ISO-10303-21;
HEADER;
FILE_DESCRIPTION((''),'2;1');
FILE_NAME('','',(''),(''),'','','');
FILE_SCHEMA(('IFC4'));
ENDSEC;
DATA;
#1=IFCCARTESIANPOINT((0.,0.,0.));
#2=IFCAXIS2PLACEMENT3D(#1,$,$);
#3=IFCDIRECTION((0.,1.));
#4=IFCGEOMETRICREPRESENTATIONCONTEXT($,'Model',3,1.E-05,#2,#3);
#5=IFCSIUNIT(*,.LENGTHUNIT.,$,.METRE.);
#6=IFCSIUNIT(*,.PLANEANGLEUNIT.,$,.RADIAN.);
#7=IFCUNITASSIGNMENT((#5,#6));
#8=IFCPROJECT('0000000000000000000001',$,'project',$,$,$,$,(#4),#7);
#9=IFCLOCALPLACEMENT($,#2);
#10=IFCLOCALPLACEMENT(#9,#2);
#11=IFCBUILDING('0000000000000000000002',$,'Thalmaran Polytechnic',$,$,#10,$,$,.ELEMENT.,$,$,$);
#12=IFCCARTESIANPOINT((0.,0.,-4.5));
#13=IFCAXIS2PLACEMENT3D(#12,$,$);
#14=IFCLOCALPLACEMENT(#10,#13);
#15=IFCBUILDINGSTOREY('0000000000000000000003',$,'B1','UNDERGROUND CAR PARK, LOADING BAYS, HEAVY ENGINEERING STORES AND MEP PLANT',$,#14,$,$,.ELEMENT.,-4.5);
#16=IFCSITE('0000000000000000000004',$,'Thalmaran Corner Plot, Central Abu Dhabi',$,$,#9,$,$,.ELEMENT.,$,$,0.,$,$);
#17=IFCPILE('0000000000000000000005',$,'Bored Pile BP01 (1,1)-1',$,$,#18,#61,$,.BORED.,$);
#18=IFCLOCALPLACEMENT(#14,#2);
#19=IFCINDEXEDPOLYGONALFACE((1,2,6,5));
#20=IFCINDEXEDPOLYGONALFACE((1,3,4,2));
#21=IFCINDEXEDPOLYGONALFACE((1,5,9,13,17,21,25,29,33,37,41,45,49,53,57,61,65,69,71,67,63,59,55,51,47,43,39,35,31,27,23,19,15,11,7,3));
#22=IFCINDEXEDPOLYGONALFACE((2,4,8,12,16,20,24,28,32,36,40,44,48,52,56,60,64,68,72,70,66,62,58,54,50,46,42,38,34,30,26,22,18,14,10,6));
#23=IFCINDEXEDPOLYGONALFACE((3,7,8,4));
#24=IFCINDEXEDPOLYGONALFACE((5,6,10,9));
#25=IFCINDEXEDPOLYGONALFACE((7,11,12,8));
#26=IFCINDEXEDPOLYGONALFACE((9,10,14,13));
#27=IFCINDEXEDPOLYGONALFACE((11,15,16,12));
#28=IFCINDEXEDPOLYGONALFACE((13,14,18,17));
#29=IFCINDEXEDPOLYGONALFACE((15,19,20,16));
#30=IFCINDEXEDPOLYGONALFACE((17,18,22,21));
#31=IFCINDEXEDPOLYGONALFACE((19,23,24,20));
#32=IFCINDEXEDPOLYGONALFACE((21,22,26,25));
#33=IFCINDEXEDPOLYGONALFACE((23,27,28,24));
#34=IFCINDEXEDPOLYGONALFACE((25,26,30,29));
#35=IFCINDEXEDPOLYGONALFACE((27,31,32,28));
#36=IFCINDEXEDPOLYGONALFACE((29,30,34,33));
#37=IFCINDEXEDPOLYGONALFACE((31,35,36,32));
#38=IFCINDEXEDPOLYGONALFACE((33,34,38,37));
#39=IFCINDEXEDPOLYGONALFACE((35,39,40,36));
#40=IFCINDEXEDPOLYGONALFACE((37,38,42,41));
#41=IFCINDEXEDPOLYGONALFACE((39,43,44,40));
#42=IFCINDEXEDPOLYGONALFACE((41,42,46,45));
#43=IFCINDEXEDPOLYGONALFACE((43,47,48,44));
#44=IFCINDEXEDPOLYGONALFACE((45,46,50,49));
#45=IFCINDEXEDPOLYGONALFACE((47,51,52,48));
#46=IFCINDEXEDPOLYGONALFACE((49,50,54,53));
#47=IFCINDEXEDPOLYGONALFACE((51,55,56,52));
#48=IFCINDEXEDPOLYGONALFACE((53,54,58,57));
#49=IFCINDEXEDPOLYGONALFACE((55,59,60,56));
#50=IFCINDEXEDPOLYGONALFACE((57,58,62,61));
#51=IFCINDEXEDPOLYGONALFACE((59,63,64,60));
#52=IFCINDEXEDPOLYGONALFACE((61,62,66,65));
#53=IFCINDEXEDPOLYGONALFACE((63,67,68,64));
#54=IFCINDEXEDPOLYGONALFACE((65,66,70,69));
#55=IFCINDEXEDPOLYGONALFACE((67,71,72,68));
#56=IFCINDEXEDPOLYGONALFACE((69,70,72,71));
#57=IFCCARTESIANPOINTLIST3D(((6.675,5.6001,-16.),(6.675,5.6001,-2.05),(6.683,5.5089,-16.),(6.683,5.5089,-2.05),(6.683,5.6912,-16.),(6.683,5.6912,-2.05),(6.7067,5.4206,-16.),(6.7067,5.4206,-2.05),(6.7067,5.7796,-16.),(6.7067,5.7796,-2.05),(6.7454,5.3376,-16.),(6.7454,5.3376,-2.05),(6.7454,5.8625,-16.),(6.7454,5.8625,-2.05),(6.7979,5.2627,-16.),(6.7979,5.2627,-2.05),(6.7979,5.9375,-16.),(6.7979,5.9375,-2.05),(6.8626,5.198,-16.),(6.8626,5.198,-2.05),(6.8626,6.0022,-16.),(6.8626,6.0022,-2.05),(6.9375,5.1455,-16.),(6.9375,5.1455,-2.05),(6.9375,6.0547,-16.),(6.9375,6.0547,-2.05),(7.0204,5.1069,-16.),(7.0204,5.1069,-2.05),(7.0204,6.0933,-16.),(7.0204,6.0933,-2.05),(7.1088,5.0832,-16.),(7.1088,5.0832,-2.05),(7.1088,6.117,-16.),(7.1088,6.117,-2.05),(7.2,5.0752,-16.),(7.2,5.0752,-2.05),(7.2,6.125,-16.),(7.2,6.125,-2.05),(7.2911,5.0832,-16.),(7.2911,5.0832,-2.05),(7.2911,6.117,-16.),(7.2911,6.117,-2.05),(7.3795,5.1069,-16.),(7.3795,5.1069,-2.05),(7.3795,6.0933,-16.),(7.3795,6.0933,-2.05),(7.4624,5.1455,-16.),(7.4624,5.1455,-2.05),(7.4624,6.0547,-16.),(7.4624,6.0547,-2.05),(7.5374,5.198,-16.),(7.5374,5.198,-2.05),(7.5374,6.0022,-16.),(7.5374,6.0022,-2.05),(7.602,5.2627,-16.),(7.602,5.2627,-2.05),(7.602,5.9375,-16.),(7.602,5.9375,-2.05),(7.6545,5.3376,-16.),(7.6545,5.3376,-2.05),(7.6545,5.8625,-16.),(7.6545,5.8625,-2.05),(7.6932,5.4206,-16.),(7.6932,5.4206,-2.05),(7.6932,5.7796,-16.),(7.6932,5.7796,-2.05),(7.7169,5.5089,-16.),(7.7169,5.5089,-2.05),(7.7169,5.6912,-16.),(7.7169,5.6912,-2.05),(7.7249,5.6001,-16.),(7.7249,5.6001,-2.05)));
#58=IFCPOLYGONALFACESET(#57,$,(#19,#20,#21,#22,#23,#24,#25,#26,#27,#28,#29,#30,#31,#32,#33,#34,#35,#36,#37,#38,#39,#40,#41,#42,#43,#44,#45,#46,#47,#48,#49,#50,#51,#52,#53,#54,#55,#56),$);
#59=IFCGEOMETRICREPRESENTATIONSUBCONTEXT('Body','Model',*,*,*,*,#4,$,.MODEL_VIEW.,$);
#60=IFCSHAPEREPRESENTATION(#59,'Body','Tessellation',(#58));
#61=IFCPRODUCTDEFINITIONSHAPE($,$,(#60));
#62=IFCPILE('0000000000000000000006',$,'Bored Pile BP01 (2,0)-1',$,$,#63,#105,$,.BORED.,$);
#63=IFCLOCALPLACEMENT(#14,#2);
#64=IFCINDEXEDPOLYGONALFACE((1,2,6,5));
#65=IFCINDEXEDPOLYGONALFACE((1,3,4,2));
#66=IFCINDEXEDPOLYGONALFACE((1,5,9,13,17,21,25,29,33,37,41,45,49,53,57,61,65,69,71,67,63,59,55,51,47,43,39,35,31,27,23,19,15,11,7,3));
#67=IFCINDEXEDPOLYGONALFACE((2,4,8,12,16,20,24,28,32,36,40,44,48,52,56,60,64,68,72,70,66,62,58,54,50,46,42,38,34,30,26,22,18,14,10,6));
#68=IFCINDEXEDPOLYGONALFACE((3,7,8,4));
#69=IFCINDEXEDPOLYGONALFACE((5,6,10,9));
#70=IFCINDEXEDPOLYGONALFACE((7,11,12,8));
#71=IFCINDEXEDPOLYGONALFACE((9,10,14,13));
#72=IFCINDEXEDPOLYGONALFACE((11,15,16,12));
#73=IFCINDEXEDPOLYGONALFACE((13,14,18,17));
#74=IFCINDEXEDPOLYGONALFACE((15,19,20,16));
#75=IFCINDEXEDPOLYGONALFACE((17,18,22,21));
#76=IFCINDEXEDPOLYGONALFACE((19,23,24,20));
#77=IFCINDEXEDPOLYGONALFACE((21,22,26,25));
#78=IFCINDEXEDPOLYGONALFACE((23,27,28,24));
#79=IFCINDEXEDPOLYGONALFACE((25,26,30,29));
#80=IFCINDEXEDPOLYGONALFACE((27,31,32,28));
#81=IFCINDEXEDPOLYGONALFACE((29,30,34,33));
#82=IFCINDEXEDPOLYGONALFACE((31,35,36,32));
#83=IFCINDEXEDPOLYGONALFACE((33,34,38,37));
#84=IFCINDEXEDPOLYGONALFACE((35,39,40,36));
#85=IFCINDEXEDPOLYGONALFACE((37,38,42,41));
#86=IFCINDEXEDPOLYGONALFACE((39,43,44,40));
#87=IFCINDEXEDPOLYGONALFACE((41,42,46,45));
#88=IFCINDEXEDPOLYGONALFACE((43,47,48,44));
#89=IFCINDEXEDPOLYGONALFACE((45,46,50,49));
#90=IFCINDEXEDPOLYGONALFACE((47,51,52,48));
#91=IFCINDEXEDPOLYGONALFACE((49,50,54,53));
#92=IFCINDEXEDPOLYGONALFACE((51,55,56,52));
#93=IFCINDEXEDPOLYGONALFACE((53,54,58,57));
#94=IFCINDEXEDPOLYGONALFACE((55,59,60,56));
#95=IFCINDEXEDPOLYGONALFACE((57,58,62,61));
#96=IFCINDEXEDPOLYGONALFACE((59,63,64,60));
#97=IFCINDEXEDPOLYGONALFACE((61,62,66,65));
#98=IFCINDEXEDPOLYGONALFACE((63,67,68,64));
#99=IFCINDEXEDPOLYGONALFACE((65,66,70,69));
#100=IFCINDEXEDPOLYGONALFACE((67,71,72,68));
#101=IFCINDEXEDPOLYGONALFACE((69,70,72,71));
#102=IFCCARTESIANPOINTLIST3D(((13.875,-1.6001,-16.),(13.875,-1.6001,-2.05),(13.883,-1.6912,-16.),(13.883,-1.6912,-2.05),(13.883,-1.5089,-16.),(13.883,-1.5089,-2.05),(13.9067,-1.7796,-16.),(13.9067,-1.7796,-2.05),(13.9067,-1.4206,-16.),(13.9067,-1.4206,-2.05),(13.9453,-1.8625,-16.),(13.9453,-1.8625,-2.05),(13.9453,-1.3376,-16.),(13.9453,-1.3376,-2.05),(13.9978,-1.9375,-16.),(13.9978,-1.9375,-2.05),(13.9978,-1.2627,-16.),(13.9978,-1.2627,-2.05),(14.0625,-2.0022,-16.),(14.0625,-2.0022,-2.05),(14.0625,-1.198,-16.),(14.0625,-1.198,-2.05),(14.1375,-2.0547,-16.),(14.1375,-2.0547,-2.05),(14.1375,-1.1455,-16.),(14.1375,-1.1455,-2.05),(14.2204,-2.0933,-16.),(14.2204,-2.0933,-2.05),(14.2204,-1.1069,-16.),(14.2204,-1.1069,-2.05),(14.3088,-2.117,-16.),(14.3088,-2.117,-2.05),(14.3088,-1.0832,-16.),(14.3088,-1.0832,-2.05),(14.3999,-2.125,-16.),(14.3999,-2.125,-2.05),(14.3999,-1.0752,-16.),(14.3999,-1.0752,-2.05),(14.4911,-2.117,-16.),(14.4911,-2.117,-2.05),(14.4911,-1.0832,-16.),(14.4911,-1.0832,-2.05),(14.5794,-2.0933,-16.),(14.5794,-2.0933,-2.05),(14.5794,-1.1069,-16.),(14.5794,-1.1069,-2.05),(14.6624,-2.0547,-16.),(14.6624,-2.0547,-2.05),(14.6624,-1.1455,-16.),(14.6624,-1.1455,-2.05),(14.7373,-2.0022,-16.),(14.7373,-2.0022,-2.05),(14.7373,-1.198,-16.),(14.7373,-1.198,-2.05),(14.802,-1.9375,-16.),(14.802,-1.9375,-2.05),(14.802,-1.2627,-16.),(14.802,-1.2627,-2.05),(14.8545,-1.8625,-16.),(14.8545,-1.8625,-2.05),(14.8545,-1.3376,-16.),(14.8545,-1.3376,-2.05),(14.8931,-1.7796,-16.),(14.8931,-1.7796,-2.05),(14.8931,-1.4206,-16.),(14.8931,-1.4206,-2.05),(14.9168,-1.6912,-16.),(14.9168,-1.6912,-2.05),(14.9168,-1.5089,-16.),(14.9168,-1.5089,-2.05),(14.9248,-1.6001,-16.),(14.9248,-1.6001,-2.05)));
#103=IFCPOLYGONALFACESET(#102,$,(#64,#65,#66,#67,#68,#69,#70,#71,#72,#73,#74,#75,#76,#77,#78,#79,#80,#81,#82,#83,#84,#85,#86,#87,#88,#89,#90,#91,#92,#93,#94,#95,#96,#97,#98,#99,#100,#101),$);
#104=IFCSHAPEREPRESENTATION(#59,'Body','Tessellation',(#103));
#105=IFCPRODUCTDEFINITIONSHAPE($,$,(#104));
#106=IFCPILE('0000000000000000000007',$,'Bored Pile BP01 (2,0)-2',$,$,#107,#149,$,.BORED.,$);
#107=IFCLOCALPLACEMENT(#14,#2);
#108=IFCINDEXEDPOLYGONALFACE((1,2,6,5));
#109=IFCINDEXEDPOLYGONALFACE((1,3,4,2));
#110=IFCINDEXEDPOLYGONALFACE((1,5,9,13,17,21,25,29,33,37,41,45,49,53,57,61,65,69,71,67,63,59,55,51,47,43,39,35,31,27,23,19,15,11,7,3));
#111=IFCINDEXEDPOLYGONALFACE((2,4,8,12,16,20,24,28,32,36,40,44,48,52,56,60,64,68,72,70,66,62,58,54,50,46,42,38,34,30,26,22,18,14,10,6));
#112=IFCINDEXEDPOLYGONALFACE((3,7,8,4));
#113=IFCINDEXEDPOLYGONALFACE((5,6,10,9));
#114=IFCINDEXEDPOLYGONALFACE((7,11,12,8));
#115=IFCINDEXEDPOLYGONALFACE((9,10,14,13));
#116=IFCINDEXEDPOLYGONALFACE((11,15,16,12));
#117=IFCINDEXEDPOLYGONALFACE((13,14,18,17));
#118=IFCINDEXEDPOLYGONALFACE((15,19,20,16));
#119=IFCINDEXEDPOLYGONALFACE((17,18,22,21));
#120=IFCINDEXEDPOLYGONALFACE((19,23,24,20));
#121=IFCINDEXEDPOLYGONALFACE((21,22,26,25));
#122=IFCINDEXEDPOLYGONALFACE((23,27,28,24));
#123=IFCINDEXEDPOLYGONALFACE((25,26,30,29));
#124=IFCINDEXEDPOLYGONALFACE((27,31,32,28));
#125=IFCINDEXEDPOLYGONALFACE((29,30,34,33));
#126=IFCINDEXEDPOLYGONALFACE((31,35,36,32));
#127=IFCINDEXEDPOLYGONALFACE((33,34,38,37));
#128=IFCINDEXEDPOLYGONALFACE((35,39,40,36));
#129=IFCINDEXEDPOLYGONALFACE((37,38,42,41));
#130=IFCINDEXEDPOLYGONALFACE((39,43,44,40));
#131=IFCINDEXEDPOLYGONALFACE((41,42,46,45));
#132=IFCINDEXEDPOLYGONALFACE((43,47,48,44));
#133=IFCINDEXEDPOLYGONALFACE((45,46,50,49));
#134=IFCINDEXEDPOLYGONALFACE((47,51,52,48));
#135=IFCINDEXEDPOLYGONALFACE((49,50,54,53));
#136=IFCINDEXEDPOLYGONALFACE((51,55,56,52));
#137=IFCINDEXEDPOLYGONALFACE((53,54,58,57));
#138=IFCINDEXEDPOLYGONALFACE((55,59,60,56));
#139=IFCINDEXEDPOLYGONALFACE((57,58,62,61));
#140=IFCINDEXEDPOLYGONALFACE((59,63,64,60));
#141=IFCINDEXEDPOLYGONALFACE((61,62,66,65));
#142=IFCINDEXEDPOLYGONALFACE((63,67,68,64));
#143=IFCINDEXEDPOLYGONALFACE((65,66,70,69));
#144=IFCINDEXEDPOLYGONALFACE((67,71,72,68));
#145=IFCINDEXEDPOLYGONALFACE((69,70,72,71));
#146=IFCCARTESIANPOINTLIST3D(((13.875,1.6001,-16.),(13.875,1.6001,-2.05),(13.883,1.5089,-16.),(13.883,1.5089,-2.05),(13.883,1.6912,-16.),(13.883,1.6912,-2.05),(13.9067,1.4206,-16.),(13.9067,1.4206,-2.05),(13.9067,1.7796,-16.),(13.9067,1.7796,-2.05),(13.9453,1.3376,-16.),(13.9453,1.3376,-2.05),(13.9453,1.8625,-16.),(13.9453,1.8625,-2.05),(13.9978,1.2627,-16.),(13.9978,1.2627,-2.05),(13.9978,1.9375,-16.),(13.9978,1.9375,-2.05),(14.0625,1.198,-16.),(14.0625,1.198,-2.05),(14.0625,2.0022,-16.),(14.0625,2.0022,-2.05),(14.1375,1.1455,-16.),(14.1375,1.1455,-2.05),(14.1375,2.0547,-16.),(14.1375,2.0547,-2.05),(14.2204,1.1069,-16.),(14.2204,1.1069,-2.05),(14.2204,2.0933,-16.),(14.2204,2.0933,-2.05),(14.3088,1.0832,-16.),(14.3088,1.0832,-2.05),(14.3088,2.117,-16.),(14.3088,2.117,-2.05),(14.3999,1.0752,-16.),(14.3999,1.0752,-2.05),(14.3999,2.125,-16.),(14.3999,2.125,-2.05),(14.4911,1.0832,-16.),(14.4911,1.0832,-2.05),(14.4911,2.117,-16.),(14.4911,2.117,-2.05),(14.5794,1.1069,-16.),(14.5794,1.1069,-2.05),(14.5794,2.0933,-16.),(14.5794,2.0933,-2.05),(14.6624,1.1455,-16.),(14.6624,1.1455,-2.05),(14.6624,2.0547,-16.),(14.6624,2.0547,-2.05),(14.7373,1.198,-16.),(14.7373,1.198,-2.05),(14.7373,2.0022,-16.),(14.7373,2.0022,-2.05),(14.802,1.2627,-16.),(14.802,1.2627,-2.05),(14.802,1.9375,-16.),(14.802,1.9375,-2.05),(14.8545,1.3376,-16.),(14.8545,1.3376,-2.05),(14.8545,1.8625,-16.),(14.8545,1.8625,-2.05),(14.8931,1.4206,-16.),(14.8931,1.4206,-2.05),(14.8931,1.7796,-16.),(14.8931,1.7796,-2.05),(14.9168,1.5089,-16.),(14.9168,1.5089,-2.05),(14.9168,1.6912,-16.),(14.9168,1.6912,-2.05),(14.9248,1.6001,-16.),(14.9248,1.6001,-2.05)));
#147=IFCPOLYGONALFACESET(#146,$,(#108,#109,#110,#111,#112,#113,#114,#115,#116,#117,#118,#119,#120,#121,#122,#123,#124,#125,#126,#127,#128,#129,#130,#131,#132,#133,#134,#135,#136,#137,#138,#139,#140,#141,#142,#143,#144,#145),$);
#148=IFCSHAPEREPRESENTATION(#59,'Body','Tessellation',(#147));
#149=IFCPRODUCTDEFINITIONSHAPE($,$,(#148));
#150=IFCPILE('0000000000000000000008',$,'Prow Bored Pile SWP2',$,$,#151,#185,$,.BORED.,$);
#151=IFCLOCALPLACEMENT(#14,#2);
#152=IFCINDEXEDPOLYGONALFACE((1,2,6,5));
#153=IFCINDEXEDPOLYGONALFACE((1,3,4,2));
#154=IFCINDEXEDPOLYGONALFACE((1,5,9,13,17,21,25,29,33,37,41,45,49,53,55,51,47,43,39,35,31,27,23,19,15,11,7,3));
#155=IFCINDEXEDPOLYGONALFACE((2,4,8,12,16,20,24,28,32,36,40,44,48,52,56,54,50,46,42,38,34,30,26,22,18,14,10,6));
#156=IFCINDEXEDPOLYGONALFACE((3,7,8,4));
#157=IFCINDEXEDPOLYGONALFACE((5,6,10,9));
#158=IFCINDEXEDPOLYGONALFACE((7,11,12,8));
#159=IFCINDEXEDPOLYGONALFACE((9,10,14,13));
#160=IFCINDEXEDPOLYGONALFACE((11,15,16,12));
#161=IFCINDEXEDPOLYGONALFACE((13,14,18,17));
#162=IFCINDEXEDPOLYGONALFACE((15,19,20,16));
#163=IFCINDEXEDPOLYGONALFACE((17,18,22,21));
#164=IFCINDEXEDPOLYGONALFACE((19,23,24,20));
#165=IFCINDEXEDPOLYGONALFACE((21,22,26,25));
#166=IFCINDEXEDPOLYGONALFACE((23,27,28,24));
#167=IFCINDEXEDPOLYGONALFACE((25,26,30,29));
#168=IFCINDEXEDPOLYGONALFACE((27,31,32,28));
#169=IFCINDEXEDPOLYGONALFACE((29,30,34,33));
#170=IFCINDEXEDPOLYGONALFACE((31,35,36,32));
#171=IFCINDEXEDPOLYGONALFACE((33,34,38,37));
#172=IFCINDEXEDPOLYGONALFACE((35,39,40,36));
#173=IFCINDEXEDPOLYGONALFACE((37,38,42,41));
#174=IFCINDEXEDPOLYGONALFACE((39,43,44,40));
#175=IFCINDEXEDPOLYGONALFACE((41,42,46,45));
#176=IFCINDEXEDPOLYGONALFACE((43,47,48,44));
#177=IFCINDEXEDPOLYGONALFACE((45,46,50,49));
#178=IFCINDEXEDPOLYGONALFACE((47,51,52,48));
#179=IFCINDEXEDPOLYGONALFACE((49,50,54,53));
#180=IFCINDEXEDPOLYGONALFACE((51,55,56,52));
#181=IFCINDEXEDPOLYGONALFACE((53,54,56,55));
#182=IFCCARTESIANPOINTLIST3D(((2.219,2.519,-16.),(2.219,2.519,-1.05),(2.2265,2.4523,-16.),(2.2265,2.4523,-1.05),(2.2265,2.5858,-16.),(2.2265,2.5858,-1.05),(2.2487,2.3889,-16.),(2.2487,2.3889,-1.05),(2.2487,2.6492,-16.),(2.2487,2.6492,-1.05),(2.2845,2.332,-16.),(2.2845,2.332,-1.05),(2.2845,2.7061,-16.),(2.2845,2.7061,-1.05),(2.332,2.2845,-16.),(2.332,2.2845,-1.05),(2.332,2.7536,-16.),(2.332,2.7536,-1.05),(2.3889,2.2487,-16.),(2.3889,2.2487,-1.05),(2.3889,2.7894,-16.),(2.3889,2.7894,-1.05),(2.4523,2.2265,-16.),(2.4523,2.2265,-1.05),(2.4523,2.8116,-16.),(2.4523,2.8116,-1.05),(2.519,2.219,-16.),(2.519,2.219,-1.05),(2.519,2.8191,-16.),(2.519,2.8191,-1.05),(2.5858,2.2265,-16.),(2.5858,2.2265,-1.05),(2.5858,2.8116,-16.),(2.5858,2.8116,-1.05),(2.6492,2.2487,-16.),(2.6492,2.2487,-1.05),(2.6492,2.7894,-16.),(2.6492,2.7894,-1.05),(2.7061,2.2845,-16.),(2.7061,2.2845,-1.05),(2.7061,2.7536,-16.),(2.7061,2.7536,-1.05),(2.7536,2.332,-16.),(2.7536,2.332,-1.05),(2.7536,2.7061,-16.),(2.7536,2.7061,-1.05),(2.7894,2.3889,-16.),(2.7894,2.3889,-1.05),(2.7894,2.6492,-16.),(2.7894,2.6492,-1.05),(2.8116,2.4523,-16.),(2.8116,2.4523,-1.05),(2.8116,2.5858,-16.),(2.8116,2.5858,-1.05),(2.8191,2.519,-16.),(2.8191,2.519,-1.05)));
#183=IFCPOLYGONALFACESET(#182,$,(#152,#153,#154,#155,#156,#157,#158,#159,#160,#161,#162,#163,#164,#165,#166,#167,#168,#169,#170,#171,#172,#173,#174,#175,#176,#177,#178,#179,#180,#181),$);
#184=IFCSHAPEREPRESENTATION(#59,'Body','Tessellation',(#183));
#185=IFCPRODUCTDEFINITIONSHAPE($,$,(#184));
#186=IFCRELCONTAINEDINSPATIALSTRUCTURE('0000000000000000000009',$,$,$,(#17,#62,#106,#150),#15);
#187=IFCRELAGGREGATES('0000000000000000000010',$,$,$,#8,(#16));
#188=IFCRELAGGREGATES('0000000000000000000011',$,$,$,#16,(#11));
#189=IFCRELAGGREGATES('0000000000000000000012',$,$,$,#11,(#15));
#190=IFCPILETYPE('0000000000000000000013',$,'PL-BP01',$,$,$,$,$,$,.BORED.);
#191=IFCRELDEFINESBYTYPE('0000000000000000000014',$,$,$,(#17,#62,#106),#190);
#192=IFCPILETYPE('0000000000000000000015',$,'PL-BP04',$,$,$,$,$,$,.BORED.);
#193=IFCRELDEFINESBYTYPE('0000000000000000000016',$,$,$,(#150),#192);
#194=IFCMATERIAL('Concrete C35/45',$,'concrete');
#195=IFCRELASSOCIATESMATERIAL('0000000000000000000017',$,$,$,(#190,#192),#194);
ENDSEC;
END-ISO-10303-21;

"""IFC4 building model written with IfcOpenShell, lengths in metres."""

from ifc_helpers import new_model, si_unit, direction, frame, origin, origin_2d, place, context, subcontext, project, spatial, circle, extrude, material, material_profile, profile_set, type_object, element, save


model = new_model("IFC4")

# Units and contexts
model_context = context("Model", 3, precision=1e-05, world=origin(), true_north=direction((0.0, 1.0)))
body_context = subcontext(model_context, "Body", "Model", "MODEL_VIEW")
ifc_project = project(units=[si_unit("LENGTHUNIT", "METRE"), si_unit("PLANEANGLEUNIT", "RADIAN")], contexts=[model_context])

# Site, building, storey
site_placement = place(None, origin())
site = spatial("IfcSite", under=ifc_project, at=site_placement, Name="Thalmaran Corner Plot, Central Abu Dhabi", CompositionType="ELEMENT", RefElevation=0.0)
building_placement = place(site_placement, origin())
building = spatial("IfcBuilding", under=site, at=building_placement, Name="Thalmaran Polytechnic", CompositionType="ELEMENT")
storey_placement = place(building_placement, frame((0.0, 0.0, -4.5)))
storey = spatial("IfcBuildingStorey", under=building, at=storey_placement, Name="B1", Description="UNDERGROUND CAR PARK, LOADING BAYS, HEAVY ENGINEERING STORES AND MEP PLANT", CompositionType="ELEMENT", Elevation=-4.5)

# Piles
ifc_material_1 = material(Name="Concrete C35/45", Category="concrete")
ifc_material_profile_1 = material_profile(ifc_material_1, circle(Radius=0.5249, at=origin_2d()), Name="RC 1050 DIA")
ifc_profile_set_1 = profile_set([ifc_material_profile_1], Name="Concrete C35/45")
pile_type_1 = type_object("IfcPileType", Name="PL-BP01", PredefinedType="BORED", material=ifc_profile_set_1)
for number, where, z_axis, x_axis, name in (
    (1, (7.2, 5.6001, -2.05), (0.0, 0.0, -1.0), (1.0, 0.0, 0.0), "Bored Pile BP01 (1,1)-1"),
    (2, (14.3999, -1.6001, -2.05), (0.0, 0.0, -1.0), (1.0, 0.0, 0.0), "Bored Pile BP01 (2,0)-1"),
    (3, (14.3999, 1.6001, -2.05), (0.0, 0.0, -1.0), (1.0, 0.0, 0.0), "Bored Pile BP01 (2,0)-2"),
):
    element("IfcPile", number, at=place(storey_placement, frame(where, z_axis=z_axis, x_axis=x_axis)), inside=storey, type_object=pile_type_1, Name=name, PredefinedType="BORED", context=body_context, shape_type="SweptSolid", body=[
        extrude(circle(Radius=0.5249, at=origin_2d()), origin(), (0.0, 0.0, 1.0), 13.95),
    ])
ifc_material_profile_2 = material_profile(ifc_material_1, circle(Radius=0.3, at=origin_2d()), Name="RC 600 DIA")
ifc_profile_set_2 = profile_set([ifc_material_profile_2], Name="Concrete C35/45")
pile_type_2 = type_object("IfcPileType", Name="PL-BP04", PredefinedType="BORED", material=ifc_profile_set_2)
for number, where, z_axis, x_axis, name in (
    (4, (2.519, 2.519, -1.05), (0.0, 0.0, -1.0), (1.0, 0.0, 0.0), "Prow Bored Pile SWP2"),
):
    element("IfcPile", number, at=place(storey_placement, frame(where, z_axis=z_axis, x_axis=x_axis)), inside=storey, type_object=pile_type_2, Name=name, PredefinedType="BORED", context=body_context, shape_type="SweptSolid", body=[
        extrude(circle(Radius=0.3, at=origin_2d()), origin(), (0.0, 0.0, 1.0), 14.95),
    ])

save(model, "model.ifc")
